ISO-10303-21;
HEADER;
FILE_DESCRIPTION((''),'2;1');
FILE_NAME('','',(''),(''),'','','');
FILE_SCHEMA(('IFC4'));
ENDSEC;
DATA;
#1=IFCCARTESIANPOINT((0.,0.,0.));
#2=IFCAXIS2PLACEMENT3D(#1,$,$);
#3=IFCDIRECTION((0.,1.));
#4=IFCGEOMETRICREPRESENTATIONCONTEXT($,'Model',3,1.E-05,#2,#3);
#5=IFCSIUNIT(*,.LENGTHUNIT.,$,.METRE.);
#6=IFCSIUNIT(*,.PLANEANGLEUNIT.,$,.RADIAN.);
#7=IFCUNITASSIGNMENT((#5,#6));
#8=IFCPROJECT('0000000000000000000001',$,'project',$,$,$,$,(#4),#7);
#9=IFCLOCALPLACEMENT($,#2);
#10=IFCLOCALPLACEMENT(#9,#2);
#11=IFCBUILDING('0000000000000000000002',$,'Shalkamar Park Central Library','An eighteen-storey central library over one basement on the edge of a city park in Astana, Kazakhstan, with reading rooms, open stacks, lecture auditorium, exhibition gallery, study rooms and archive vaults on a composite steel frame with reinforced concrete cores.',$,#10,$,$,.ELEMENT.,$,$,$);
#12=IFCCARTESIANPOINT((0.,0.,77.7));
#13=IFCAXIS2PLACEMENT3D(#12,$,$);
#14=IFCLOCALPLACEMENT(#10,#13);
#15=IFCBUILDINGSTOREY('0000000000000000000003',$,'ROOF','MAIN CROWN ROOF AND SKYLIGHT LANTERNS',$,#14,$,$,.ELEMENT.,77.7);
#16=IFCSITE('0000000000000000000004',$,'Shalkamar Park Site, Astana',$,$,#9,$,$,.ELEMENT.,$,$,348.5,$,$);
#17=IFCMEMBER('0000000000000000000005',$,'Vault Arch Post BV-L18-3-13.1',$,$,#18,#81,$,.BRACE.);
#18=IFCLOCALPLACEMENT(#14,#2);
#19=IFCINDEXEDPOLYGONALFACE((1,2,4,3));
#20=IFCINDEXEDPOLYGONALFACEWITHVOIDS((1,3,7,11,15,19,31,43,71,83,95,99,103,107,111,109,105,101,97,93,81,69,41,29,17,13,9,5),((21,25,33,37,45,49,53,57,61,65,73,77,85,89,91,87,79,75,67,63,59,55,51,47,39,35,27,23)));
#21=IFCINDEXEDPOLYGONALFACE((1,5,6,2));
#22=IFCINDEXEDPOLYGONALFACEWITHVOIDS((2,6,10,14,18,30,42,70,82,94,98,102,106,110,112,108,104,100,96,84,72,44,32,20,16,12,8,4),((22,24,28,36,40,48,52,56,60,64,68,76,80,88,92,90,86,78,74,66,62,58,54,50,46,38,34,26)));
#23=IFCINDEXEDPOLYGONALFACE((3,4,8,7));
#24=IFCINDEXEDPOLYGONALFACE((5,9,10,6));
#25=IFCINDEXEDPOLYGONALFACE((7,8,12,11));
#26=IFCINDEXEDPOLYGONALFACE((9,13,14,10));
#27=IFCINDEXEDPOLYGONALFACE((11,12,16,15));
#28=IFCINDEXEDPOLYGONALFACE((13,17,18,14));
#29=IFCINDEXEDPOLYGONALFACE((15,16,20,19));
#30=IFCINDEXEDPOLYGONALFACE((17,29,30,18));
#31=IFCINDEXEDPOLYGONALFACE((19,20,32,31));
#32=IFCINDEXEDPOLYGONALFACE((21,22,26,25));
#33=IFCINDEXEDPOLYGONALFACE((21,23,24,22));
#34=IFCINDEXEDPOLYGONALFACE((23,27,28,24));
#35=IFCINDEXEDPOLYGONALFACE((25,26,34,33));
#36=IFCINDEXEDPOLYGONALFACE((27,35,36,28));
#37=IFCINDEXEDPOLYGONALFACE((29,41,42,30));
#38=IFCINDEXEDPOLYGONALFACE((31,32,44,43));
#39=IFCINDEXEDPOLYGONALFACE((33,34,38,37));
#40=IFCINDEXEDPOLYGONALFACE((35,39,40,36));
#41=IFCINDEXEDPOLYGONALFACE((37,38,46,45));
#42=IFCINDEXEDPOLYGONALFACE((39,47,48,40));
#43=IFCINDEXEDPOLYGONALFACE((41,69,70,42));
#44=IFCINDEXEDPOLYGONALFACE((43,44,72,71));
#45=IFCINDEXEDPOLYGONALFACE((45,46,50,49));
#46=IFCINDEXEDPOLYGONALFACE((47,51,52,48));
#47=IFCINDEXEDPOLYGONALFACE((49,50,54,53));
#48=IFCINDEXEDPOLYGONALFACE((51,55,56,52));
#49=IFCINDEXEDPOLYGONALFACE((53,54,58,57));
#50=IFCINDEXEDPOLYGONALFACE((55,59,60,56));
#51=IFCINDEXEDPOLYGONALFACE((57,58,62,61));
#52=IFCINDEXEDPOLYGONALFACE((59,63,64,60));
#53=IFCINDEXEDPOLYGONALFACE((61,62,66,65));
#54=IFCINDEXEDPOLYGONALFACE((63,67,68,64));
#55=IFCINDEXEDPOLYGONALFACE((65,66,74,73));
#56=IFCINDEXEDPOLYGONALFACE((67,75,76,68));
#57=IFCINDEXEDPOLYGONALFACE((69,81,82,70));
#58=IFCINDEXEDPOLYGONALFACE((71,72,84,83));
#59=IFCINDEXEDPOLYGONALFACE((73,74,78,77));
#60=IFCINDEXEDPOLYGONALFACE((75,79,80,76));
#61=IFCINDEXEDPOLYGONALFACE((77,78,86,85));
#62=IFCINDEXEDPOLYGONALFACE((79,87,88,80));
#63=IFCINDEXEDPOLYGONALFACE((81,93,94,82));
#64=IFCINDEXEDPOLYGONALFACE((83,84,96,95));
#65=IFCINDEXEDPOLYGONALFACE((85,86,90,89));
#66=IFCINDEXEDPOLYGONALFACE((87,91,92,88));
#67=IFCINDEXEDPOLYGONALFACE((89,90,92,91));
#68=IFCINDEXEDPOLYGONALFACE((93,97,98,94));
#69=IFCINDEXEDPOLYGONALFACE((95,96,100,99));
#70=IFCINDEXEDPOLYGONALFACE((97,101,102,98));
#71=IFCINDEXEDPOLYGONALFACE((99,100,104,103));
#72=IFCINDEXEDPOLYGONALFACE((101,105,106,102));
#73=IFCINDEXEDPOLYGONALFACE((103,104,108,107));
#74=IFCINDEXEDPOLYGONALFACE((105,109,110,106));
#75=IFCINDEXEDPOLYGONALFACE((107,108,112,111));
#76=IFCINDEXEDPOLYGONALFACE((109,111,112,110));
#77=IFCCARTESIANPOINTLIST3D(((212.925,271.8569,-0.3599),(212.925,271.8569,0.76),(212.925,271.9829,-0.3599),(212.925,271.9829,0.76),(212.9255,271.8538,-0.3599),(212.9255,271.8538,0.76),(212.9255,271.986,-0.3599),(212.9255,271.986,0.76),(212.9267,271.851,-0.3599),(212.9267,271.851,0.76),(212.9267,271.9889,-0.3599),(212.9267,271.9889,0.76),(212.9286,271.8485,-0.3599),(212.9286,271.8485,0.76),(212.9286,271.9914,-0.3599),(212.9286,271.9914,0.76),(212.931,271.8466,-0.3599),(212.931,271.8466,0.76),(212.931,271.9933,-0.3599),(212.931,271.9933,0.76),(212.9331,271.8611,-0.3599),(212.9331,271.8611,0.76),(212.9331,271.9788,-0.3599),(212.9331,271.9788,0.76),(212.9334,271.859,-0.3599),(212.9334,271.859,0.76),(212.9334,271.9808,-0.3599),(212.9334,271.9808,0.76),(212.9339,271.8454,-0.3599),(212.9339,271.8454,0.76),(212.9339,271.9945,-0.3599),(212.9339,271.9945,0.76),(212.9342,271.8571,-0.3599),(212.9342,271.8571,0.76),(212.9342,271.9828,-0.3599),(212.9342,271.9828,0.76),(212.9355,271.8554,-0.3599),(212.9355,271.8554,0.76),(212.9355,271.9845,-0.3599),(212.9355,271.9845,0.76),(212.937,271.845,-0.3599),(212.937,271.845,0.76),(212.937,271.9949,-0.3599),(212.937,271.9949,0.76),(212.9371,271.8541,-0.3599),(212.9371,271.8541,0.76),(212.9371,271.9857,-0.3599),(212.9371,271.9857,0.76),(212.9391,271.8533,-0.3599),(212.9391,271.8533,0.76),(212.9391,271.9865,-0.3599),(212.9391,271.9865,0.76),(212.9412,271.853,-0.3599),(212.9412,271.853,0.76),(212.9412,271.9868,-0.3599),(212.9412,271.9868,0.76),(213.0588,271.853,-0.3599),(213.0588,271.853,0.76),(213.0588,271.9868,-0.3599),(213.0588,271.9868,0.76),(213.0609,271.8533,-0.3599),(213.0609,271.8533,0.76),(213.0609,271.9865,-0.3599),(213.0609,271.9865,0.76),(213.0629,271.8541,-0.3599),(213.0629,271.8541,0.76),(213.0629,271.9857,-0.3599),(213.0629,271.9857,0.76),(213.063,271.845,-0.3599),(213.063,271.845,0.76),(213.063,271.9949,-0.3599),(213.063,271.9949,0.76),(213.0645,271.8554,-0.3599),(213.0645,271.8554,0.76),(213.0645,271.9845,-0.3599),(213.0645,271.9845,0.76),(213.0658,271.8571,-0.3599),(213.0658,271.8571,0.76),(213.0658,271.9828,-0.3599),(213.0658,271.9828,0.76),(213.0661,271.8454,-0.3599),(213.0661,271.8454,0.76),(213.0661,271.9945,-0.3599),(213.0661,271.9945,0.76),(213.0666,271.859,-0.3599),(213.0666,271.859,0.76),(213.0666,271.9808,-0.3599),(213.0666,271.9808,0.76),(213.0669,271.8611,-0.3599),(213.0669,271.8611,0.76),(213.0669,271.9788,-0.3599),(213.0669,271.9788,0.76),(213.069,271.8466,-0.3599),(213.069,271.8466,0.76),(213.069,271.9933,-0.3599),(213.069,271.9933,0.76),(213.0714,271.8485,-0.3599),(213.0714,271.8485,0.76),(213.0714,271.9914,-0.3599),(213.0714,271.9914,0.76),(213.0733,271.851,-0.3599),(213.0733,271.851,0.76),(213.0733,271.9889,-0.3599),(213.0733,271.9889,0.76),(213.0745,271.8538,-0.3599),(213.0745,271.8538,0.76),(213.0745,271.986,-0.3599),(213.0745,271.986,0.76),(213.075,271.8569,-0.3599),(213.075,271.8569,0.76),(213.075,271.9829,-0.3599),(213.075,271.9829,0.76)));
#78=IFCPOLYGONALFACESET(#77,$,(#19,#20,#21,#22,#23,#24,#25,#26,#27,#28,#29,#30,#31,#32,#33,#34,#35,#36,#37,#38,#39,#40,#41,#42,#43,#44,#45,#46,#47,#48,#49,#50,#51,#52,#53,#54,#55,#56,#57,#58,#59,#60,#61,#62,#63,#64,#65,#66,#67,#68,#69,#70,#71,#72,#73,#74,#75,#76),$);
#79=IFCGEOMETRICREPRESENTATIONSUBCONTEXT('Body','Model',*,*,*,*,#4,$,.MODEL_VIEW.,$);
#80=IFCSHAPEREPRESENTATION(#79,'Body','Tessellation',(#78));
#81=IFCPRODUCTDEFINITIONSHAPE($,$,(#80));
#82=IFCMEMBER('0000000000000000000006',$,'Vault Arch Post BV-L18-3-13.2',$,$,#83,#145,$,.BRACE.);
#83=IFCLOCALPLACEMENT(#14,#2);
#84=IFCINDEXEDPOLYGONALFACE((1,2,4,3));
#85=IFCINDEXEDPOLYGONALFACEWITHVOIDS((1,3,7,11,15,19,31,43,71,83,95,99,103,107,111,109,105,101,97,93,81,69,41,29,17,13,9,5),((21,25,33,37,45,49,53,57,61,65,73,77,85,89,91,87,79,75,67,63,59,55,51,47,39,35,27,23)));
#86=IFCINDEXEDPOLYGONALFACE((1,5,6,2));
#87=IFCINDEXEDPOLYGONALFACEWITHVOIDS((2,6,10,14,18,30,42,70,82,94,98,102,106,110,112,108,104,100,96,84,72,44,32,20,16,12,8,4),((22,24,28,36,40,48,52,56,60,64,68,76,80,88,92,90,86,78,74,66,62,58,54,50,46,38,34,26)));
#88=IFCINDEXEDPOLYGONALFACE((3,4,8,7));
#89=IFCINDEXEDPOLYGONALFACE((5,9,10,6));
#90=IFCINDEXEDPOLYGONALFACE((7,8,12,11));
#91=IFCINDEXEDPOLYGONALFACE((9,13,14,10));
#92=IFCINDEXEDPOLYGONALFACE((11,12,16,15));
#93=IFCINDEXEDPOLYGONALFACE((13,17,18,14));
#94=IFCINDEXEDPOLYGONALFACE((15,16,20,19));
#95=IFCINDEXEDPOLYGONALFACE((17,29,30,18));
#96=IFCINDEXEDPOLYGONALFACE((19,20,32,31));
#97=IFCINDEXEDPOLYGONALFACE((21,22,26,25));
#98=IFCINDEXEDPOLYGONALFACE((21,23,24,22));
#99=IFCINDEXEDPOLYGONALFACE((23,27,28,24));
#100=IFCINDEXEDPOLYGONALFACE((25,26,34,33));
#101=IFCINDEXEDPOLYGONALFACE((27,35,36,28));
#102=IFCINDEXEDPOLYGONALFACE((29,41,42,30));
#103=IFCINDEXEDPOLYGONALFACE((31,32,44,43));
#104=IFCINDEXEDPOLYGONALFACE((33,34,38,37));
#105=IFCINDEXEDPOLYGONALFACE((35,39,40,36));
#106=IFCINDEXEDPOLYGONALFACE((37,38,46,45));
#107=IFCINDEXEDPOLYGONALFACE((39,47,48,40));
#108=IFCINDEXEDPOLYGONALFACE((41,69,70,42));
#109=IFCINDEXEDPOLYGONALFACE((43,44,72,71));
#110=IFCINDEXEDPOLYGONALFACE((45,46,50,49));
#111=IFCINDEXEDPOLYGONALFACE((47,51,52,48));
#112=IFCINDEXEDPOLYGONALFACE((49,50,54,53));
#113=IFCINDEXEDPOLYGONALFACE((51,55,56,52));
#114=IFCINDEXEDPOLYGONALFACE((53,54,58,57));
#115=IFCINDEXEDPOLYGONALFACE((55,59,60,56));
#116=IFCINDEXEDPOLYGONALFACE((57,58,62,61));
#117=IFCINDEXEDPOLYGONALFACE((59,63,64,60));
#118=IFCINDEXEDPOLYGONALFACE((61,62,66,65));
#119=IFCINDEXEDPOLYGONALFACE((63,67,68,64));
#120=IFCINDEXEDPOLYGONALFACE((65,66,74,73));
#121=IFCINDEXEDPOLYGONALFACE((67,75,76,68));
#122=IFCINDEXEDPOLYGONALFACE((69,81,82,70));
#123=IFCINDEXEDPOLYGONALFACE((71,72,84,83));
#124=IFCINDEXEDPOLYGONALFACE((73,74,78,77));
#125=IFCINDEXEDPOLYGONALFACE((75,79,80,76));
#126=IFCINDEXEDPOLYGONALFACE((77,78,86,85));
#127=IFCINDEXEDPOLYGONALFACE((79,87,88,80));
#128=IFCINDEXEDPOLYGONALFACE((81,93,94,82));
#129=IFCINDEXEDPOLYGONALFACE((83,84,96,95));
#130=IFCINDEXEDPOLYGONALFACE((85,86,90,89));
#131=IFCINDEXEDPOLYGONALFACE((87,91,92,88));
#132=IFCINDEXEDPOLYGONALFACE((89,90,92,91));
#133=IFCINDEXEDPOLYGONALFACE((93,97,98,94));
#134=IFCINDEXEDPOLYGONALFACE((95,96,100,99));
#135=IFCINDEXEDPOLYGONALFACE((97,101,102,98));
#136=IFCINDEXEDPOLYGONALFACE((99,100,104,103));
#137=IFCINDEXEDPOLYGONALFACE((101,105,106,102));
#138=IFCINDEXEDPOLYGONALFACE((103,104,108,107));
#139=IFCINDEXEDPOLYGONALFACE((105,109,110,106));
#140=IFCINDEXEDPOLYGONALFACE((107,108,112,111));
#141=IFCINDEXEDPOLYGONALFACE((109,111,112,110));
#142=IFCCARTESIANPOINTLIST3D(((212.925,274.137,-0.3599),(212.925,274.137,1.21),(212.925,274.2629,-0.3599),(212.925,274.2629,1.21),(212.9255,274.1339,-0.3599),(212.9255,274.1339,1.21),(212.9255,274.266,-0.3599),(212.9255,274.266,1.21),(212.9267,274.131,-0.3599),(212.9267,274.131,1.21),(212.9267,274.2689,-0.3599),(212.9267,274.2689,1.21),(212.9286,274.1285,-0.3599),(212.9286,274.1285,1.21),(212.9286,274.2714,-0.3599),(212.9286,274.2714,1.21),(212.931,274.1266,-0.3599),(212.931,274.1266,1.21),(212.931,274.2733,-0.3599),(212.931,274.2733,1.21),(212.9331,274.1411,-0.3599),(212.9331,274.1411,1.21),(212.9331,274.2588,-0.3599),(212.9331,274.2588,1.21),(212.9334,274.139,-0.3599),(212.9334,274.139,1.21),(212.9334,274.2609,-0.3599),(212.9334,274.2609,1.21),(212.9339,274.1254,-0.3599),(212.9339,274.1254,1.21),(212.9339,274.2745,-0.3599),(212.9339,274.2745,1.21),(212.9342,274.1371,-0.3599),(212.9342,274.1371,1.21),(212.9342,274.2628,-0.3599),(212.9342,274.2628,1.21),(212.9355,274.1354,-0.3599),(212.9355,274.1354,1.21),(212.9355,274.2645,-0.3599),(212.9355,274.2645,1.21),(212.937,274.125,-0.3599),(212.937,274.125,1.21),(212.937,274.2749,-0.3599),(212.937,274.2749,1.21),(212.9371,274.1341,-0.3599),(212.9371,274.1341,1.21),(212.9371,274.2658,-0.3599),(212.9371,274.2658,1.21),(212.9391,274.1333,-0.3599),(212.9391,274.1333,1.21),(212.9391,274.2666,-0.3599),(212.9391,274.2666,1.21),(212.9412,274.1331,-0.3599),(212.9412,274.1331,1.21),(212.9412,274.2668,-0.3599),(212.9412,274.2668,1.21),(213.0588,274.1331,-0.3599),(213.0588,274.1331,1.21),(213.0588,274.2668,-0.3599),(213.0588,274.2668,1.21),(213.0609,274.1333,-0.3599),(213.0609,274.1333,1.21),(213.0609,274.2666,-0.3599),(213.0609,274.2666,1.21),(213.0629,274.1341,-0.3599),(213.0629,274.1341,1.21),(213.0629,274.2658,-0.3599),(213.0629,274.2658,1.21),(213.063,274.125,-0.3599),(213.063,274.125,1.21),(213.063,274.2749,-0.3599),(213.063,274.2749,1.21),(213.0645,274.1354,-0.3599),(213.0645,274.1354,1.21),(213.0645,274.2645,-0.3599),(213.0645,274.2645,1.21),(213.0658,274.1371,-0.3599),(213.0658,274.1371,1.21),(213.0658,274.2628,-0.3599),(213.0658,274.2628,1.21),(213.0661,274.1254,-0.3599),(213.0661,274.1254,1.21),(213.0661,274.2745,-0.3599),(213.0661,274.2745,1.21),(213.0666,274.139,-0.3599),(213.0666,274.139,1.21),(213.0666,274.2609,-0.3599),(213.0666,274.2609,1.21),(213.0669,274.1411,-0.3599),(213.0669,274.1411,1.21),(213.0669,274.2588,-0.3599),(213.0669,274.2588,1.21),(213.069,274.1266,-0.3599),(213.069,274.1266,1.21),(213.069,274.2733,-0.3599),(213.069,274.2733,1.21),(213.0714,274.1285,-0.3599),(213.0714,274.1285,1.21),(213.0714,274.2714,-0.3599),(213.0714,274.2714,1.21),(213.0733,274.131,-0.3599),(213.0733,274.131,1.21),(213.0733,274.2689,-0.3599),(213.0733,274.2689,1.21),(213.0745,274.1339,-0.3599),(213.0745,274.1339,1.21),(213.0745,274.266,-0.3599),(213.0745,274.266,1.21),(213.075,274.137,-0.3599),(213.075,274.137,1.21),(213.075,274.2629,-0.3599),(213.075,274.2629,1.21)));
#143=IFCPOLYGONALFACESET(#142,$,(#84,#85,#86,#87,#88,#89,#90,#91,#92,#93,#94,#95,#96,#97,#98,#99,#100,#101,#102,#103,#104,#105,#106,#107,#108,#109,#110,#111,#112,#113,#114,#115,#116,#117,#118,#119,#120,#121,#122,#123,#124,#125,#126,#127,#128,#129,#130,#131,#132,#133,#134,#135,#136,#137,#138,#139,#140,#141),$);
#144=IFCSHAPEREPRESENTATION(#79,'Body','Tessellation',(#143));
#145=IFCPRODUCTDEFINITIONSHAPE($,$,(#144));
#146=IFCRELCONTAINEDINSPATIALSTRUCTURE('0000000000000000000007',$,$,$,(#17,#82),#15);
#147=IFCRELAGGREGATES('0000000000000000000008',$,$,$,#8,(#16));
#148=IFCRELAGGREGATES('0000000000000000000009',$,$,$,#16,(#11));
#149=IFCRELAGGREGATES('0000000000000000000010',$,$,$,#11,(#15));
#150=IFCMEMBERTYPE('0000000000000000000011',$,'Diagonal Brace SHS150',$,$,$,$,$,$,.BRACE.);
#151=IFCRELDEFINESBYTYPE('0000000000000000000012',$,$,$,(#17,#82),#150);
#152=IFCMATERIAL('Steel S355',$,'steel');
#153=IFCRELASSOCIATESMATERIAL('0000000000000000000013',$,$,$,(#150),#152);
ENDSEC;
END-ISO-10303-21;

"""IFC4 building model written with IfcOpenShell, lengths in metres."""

from ifc_helpers import new_model, si_unit, direction, frame, origin, origin_2d, place, context, subcontext, project, spatial, hollow_rectangle, extrude, material, material_profile, profile_set, type_object, element, save


model = new_model("IFC4")

# Units and contexts
model_context = context("Model", 3, precision=1e-05, world=origin(), true_north=direction((0.0, 1.0)))
body_context = subcontext(model_context, "Body", "Model", "MODEL_VIEW")
ifc_project = project(units=[si_unit("LENGTHUNIT", "METRE"), si_unit("PLANEANGLEUNIT", "RADIAN")], contexts=[model_context])

# Site, building, storey
site_placement = place(None, origin())
site = spatial("IfcSite", under=ifc_project, at=site_placement, Name="Shalkamar Park Site, Astana", CompositionType="ELEMENT", RefElevation=348.5)
building_placement = place(site_placement, origin())
building = spatial("IfcBuilding", under=site, at=building_placement, Name="Shalkamar Park Central Library", Description="An eighteen-storey central library over one basement on the edge of a city park in Astana, Kazakhstan, with reading rooms, open stacks, lecture auditorium, exhibition gallery, study rooms and archive vaults on a composite steel frame with reinforced concrete cores.", CompositionType="ELEMENT")
storey_placement = place(building_placement, frame((0.0, 0.0, 77.7)))
storey = spatial("IfcBuildingStorey", under=building, at=storey_placement, Name="ROOF", Description="MAIN CROWN ROOF AND SKYLIGHT LANTERNS", CompositionType="ELEMENT", Elevation=77.7)

# Members
ifc_material = material(Name="Steel S355", Category="steel")
ifc_material_profile_1 = material_profile(ifc_material, hollow_rectangle(XDim=0.1499, YDim=0.1499, WallThickness=0.0081, InnerFilletRadius=0.0081, OuterFilletRadius=0.012, at=origin_2d()), Name="SHS 150x150x8")
ifc_profile_set_1 = profile_set([ifc_material_profile_1], Name="Steel S355")
member_type_1 = type_object("IfcMemberType", Name="Diagonal Brace SHS150", PredefinedType="BRACE", material=ifc_profile_set_1)
for number, where, z_axis, x_axis, name in (
    (1, (213.0, 271.9199, -0.3599), (0.0, 0.0, 1.0), (1.0, 0.0, 0.0), "Vault Arch Post BV-L18-3-13.1"),
):
    element("IfcMember", number, at=place(storey_placement, frame(where, z_axis=z_axis, x_axis=x_axis)), inside=storey, type_object=member_type_1, Name=name, PredefinedType="BRACE", context=body_context, shape_type="SweptSolid", body=[
        extrude(hollow_rectangle(XDim=0.1499, YDim=0.1499, WallThickness=0.0081, InnerFilletRadius=0.0081, OuterFilletRadius=0.012, at=origin_2d()), origin(), (0.0, 0.0, 1.0), 1.1199),
    ])
member_1_placement = place(storey_placement, frame((213.0, 274.2, -0.3599), z_axis=(0.0, 0.0, 1.0), x_axis=(1.0, 0.0, 0.0)))
element("IfcMember", 2, at=member_1_placement, inside=storey, type_object=member_type_1, Name="Vault Arch Post BV-L18-3-13.2", PredefinedType="BRACE", context=body_context, shape_type="SweptSolid", body=[
    extrude(hollow_rectangle(XDim=0.1499, YDim=0.1499, WallThickness=0.0081, InnerFilletRadius=0.0081, OuterFilletRadius=0.012, at=origin_2d()), origin(), (0.0, 0.0, 1.0), 1.5698),
])

save(model, "model.ifc")
